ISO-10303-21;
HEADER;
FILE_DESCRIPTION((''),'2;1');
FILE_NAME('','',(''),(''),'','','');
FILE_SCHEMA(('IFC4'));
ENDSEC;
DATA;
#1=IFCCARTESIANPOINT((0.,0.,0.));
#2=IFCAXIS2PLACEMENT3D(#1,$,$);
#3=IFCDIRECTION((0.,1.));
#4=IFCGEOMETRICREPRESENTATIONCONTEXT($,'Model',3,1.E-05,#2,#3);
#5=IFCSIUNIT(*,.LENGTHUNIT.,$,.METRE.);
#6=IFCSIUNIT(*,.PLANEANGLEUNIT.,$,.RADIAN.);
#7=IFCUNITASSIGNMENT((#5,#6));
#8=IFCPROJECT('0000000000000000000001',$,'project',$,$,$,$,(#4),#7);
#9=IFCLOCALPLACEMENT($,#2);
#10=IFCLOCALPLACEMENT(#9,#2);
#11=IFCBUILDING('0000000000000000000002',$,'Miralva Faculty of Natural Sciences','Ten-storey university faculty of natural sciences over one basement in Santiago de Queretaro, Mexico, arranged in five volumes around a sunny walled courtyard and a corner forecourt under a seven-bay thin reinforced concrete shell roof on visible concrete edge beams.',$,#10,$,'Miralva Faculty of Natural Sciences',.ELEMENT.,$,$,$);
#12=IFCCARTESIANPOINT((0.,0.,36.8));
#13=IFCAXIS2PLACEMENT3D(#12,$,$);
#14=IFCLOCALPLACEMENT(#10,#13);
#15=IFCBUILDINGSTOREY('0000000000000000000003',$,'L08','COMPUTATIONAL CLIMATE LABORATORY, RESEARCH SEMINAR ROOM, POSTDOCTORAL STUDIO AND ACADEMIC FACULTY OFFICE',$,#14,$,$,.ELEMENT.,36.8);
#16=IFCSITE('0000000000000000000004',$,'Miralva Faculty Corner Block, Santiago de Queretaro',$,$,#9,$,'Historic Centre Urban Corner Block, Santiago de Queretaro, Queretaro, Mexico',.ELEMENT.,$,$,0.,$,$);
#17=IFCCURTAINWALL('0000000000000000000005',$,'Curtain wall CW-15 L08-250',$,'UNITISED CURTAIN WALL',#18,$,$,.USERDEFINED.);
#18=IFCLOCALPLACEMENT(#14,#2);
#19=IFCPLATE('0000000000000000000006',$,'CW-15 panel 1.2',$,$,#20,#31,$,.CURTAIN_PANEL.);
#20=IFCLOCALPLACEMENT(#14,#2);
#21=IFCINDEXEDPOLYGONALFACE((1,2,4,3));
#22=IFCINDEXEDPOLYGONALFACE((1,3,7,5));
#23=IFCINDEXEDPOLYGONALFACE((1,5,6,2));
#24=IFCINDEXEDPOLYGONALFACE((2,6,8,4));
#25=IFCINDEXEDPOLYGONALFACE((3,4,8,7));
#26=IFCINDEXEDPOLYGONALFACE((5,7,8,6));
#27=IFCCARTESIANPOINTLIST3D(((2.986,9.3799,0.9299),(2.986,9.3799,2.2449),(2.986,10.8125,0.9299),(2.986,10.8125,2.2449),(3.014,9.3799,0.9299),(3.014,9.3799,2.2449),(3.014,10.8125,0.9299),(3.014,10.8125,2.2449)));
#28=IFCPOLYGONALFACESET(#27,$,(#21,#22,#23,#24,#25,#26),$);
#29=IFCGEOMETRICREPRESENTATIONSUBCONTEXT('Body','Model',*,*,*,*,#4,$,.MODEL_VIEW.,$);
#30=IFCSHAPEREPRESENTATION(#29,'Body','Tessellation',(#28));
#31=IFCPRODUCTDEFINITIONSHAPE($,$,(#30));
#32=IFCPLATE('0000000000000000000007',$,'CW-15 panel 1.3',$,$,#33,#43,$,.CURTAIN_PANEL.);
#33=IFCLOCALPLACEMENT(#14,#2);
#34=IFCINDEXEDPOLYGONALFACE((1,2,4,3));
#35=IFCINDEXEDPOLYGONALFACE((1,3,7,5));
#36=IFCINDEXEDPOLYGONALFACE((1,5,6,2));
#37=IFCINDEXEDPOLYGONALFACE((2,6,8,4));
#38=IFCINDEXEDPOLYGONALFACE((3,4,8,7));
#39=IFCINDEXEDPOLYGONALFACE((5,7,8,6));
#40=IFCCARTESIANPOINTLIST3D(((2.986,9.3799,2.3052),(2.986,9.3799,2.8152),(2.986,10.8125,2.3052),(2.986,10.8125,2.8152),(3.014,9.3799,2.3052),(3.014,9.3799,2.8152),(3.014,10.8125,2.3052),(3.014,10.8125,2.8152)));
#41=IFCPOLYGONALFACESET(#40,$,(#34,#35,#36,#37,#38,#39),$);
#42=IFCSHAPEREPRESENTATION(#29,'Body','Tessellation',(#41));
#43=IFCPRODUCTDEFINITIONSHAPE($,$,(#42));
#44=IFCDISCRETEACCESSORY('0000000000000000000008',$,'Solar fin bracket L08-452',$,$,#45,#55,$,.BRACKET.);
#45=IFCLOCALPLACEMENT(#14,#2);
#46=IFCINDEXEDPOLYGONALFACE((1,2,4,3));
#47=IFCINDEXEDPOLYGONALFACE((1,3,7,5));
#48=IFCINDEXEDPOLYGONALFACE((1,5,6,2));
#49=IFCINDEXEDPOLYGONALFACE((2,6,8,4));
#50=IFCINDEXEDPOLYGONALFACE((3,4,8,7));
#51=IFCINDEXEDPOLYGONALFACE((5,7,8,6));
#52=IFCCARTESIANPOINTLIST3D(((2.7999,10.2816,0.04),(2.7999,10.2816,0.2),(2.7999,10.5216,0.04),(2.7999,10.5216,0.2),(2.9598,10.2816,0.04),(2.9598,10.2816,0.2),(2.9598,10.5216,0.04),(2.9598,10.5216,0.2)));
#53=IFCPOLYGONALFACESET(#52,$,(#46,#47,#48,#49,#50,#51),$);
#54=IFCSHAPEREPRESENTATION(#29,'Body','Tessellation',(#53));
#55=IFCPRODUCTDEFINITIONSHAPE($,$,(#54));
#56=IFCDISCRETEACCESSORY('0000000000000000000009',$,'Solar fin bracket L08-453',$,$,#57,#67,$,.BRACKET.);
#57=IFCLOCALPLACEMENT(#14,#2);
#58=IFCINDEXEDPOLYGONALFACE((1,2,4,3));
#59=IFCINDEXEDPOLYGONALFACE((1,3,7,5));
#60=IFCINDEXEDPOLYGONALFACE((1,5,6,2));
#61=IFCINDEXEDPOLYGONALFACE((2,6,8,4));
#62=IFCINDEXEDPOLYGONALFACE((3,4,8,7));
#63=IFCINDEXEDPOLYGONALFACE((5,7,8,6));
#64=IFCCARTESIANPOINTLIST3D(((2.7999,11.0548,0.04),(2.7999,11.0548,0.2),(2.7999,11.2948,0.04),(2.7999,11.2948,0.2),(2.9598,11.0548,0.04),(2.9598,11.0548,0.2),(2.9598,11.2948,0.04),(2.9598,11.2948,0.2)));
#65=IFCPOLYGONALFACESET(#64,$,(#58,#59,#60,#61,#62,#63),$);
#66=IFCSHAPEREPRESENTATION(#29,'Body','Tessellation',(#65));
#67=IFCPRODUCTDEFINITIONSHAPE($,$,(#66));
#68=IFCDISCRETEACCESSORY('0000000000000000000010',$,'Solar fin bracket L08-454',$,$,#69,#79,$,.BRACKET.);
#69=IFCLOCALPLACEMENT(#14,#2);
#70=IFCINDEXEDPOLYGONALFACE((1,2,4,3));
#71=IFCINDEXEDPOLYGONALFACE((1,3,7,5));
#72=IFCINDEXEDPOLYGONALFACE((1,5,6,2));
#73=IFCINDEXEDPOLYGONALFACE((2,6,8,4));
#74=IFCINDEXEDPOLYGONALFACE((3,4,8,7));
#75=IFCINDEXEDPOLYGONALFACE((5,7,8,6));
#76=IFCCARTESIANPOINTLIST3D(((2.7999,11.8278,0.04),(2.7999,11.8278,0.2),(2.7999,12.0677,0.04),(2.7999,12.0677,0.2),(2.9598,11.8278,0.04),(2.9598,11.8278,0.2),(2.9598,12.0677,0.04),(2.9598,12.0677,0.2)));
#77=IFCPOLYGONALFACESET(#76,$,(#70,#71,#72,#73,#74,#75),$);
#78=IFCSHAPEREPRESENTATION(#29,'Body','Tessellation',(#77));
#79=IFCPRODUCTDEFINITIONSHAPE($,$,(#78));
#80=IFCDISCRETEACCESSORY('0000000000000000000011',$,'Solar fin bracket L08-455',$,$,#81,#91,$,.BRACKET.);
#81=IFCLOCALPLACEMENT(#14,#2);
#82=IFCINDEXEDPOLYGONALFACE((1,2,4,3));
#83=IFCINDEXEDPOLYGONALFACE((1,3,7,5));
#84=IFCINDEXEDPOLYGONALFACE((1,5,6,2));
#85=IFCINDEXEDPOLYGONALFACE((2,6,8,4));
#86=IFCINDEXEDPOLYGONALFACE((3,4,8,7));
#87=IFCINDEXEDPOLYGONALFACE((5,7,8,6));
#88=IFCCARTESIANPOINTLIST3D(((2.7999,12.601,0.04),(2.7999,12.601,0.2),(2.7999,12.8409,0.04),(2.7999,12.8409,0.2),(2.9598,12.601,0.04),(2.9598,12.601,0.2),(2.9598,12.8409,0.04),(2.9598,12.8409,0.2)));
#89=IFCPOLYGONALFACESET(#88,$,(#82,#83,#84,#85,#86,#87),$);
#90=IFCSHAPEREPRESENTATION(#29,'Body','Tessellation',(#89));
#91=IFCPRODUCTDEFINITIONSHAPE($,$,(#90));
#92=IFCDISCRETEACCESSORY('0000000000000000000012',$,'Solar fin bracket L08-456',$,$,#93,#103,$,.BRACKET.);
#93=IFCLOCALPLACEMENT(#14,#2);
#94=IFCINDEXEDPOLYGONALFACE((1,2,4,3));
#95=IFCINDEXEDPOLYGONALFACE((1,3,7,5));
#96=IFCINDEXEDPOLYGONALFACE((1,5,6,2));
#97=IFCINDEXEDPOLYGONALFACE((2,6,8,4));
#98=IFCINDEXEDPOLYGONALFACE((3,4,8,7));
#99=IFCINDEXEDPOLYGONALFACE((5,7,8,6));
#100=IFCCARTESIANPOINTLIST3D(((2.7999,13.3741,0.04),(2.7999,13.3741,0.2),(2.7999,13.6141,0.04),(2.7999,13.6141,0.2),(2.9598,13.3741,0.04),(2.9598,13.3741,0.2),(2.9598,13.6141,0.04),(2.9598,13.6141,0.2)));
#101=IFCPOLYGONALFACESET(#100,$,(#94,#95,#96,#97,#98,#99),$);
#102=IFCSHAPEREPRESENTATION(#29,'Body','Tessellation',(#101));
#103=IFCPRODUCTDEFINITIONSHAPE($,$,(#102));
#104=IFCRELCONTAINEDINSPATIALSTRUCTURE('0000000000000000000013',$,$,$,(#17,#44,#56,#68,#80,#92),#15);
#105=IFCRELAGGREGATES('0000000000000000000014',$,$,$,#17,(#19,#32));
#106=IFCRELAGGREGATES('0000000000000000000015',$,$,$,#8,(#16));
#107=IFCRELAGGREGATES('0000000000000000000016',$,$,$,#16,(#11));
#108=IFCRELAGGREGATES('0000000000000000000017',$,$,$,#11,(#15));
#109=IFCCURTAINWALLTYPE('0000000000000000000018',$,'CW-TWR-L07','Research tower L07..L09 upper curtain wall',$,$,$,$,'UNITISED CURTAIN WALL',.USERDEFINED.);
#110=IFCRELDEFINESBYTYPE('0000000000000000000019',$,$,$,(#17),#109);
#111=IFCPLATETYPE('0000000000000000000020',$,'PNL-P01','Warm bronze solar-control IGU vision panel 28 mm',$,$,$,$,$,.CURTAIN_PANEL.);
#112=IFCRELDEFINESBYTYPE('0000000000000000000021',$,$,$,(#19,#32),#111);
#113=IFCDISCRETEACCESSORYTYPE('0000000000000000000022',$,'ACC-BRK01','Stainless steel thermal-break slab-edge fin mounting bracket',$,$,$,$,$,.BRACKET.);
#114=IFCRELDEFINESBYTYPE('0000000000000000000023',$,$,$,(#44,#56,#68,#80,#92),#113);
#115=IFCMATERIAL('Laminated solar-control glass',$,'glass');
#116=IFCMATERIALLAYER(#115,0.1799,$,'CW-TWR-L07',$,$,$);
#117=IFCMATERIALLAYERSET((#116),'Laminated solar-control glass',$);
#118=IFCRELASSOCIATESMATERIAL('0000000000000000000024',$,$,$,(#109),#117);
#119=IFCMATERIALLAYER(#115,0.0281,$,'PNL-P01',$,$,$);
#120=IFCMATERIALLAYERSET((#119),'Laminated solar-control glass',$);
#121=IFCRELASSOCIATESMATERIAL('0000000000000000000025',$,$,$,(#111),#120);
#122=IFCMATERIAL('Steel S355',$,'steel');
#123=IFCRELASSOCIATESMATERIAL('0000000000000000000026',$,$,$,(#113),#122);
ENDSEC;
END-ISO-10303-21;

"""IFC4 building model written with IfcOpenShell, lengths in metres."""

from ifc_helpers import new_model, si_unit, direction, frame, origin, origin_2d, place, context, subcontext, project, spatial, rectangle, extrude, material, layer, layer_set, type_object, element, aggregate, save


model = new_model("IFC4")

# Units and contexts
model_context = context("Model", 3, precision=1e-05, world=origin(), true_north=direction((0.0, 1.0)))
body_context = subcontext(model_context, "Body", "Model", "MODEL_VIEW")
ifc_project = project(units=[si_unit("LENGTHUNIT", "METRE"), si_unit("PLANEANGLEUNIT", "RADIAN")], contexts=[model_context])

# Site, building, storey
site_placement = place(None, origin())
site = spatial("IfcSite", under=ifc_project, at=site_placement, Name="Miralva Faculty Corner Block, Santiago de Queretaro", LongName="Historic Centre Urban Corner Block, Santiago de Queretaro, Queretaro, Mexico", CompositionType="ELEMENT", RefElevation=0.0)
building_placement = place(site_placement, origin())
building = spatial("IfcBuilding", under=site, at=building_placement, Name="Miralva Faculty of Natural Sciences", Description="Ten-storey university faculty of natural sciences over one basement in Santiago de Queretaro, Mexico, arranged in five volumes around a sunny walled courtyard and a corner forecourt under a seven-bay thin reinforced concrete shell roof on visible concrete edge beams.", LongName="Miralva Faculty of Natural Sciences", CompositionType="ELEMENT")
storey_placement = place(building_placement, frame((0.0, 0.0, 36.8)))
storey = spatial("IfcBuildingStorey", under=building, at=storey_placement, Name="L08", Description="COMPUTATIONAL CLIMATE LABORATORY, RESEARCH SEMINAR ROOM, POSTDOCTORAL STUDIO AND ACADEMIC FACULTY OFFICE", CompositionType="ELEMENT", Elevation=36.8)

# Curtain wall
ifc_material_1 = material(Name="Laminated solar-control glass", Category="glass")
ifc_layer_1 = layer(ifc_material_1, 0.1799, Name="CW-TWR-L07")
ifc_layer_set_1 = layer_set([ifc_layer_1], Name="Laminated solar-control glass")
curtain_wall_type = type_object("IfcCurtainWallType", Name="CW-TWR-L07", Description="Research tower L07..L09 upper curtain wall", ElementType="UNITISED CURTAIN WALL", PredefinedType="USERDEFINED", material=ifc_layer_set_1)
curtain_wall_placement = place(storey_placement, origin())
curtain_wall = element("IfcCurtainWall", 1, at=curtain_wall_placement, inside=storey, type_object=curtain_wall_type, Name="Curtain wall CW-15 L08-250", ObjectType="UNITISED CURTAIN WALL", PredefinedType="USERDEFINED")

# Plates
ifc_layer_2 = layer(ifc_material_1, 0.0281, Name="PNL-P01")
ifc_layer_set_2 = layer_set([ifc_layer_2], Name="Laminated solar-control glass")
plate_type = type_object("IfcPlateType", Name="PNL-P01", Description="Warm bronze solar-control IGU vision panel 28 mm", PredefinedType="CURTAIN_PANEL", material=ifc_layer_set_2)
plate_1_placement = place(storey_placement, frame((3.0, 10.0962, 0.9299), z_axis=(0.0, 0.0, 1.0), x_axis=(0.0, 1.0, 0.0)))
plate_1 = element("IfcPlate", 2, at=plate_1_placement, type_object=plate_type, Name="CW-15 panel 1.2", PredefinedType="CURTAIN_PANEL", context=body_context, shape_type="SweptSolid", body=[
    extrude(rectangle(XDim=1.4326, YDim=0.0281, at=origin_2d()), origin(), (0.0, 0.0, 1.0), 1.3149),
])
plate_2_placement = place(storey_placement, frame((3.0, 10.0962, 2.3052), z_axis=(0.0, 0.0, 1.0), x_axis=(0.0, 1.0, 0.0)))
plate_2 = element("IfcPlate", 3, at=plate_2_placement, type_object=plate_type, Name="CW-15 panel 1.3", PredefinedType="CURTAIN_PANEL", context=body_context, shape_type="SweptSolid", body=[
    extrude(rectangle(XDim=1.4326, YDim=0.0281, at=origin_2d()), origin(), (0.0, 0.0, 1.0), 0.51),
])
aggregate(curtain_wall, [plate_1, plate_2])

# Discrete accessories
ifc_material_2 = material(Name="Steel S355", Category="steel")
discrete_accessory_type = type_object("IfcDiscreteAccessoryType", Name="ACC-BRK01", Description="Stainless steel thermal-break slab-edge fin mounting bracket", PredefinedType="BRACKET", material=ifc_material_2)
for number, where, z_axis, x_axis, name in (
    (4, (2.8799, 10.4016, 0.04), (0.0, 0.0, 1.0), (-1.0, 0.0, 0.0), "Solar fin bracket L08-452"),
    (5, (2.8799, 11.1748, 0.04), (0.0, 0.0, 1.0), (-1.0, 0.0, 0.0), "Solar fin bracket L08-453"),
    (6, (2.8799, 11.9478, 0.04), (0.0, 0.0, 1.0), (-1.0, 0.0, 0.0), "Solar fin bracket L08-454"),
    (7, (2.8799, 12.7209, 0.04), (0.0, 0.0, 1.0), (-1.0, 0.0, 0.0), "Solar fin bracket L08-455"),
    (8, (2.8799, 13.4941, 0.04), (0.0, 0.0, 1.0), (-1.0, 0.0, 0.0), "Solar fin bracket L08-456"),
):
    element("IfcDiscreteAccessory", number, at=place(storey_placement, frame(where, z_axis=z_axis, x_axis=x_axis)), inside=storey, type_object=discrete_accessory_type, Name=name, PredefinedType="BRACKET", context=body_context, shape_type="SweptSolid", body=[
        extrude(rectangle(XDim=0.1599, YDim=0.24, at=origin_2d()), origin(), (0.0, 0.0, 1.0), 0.1599),
    ])

save(model, "model.ifc")
